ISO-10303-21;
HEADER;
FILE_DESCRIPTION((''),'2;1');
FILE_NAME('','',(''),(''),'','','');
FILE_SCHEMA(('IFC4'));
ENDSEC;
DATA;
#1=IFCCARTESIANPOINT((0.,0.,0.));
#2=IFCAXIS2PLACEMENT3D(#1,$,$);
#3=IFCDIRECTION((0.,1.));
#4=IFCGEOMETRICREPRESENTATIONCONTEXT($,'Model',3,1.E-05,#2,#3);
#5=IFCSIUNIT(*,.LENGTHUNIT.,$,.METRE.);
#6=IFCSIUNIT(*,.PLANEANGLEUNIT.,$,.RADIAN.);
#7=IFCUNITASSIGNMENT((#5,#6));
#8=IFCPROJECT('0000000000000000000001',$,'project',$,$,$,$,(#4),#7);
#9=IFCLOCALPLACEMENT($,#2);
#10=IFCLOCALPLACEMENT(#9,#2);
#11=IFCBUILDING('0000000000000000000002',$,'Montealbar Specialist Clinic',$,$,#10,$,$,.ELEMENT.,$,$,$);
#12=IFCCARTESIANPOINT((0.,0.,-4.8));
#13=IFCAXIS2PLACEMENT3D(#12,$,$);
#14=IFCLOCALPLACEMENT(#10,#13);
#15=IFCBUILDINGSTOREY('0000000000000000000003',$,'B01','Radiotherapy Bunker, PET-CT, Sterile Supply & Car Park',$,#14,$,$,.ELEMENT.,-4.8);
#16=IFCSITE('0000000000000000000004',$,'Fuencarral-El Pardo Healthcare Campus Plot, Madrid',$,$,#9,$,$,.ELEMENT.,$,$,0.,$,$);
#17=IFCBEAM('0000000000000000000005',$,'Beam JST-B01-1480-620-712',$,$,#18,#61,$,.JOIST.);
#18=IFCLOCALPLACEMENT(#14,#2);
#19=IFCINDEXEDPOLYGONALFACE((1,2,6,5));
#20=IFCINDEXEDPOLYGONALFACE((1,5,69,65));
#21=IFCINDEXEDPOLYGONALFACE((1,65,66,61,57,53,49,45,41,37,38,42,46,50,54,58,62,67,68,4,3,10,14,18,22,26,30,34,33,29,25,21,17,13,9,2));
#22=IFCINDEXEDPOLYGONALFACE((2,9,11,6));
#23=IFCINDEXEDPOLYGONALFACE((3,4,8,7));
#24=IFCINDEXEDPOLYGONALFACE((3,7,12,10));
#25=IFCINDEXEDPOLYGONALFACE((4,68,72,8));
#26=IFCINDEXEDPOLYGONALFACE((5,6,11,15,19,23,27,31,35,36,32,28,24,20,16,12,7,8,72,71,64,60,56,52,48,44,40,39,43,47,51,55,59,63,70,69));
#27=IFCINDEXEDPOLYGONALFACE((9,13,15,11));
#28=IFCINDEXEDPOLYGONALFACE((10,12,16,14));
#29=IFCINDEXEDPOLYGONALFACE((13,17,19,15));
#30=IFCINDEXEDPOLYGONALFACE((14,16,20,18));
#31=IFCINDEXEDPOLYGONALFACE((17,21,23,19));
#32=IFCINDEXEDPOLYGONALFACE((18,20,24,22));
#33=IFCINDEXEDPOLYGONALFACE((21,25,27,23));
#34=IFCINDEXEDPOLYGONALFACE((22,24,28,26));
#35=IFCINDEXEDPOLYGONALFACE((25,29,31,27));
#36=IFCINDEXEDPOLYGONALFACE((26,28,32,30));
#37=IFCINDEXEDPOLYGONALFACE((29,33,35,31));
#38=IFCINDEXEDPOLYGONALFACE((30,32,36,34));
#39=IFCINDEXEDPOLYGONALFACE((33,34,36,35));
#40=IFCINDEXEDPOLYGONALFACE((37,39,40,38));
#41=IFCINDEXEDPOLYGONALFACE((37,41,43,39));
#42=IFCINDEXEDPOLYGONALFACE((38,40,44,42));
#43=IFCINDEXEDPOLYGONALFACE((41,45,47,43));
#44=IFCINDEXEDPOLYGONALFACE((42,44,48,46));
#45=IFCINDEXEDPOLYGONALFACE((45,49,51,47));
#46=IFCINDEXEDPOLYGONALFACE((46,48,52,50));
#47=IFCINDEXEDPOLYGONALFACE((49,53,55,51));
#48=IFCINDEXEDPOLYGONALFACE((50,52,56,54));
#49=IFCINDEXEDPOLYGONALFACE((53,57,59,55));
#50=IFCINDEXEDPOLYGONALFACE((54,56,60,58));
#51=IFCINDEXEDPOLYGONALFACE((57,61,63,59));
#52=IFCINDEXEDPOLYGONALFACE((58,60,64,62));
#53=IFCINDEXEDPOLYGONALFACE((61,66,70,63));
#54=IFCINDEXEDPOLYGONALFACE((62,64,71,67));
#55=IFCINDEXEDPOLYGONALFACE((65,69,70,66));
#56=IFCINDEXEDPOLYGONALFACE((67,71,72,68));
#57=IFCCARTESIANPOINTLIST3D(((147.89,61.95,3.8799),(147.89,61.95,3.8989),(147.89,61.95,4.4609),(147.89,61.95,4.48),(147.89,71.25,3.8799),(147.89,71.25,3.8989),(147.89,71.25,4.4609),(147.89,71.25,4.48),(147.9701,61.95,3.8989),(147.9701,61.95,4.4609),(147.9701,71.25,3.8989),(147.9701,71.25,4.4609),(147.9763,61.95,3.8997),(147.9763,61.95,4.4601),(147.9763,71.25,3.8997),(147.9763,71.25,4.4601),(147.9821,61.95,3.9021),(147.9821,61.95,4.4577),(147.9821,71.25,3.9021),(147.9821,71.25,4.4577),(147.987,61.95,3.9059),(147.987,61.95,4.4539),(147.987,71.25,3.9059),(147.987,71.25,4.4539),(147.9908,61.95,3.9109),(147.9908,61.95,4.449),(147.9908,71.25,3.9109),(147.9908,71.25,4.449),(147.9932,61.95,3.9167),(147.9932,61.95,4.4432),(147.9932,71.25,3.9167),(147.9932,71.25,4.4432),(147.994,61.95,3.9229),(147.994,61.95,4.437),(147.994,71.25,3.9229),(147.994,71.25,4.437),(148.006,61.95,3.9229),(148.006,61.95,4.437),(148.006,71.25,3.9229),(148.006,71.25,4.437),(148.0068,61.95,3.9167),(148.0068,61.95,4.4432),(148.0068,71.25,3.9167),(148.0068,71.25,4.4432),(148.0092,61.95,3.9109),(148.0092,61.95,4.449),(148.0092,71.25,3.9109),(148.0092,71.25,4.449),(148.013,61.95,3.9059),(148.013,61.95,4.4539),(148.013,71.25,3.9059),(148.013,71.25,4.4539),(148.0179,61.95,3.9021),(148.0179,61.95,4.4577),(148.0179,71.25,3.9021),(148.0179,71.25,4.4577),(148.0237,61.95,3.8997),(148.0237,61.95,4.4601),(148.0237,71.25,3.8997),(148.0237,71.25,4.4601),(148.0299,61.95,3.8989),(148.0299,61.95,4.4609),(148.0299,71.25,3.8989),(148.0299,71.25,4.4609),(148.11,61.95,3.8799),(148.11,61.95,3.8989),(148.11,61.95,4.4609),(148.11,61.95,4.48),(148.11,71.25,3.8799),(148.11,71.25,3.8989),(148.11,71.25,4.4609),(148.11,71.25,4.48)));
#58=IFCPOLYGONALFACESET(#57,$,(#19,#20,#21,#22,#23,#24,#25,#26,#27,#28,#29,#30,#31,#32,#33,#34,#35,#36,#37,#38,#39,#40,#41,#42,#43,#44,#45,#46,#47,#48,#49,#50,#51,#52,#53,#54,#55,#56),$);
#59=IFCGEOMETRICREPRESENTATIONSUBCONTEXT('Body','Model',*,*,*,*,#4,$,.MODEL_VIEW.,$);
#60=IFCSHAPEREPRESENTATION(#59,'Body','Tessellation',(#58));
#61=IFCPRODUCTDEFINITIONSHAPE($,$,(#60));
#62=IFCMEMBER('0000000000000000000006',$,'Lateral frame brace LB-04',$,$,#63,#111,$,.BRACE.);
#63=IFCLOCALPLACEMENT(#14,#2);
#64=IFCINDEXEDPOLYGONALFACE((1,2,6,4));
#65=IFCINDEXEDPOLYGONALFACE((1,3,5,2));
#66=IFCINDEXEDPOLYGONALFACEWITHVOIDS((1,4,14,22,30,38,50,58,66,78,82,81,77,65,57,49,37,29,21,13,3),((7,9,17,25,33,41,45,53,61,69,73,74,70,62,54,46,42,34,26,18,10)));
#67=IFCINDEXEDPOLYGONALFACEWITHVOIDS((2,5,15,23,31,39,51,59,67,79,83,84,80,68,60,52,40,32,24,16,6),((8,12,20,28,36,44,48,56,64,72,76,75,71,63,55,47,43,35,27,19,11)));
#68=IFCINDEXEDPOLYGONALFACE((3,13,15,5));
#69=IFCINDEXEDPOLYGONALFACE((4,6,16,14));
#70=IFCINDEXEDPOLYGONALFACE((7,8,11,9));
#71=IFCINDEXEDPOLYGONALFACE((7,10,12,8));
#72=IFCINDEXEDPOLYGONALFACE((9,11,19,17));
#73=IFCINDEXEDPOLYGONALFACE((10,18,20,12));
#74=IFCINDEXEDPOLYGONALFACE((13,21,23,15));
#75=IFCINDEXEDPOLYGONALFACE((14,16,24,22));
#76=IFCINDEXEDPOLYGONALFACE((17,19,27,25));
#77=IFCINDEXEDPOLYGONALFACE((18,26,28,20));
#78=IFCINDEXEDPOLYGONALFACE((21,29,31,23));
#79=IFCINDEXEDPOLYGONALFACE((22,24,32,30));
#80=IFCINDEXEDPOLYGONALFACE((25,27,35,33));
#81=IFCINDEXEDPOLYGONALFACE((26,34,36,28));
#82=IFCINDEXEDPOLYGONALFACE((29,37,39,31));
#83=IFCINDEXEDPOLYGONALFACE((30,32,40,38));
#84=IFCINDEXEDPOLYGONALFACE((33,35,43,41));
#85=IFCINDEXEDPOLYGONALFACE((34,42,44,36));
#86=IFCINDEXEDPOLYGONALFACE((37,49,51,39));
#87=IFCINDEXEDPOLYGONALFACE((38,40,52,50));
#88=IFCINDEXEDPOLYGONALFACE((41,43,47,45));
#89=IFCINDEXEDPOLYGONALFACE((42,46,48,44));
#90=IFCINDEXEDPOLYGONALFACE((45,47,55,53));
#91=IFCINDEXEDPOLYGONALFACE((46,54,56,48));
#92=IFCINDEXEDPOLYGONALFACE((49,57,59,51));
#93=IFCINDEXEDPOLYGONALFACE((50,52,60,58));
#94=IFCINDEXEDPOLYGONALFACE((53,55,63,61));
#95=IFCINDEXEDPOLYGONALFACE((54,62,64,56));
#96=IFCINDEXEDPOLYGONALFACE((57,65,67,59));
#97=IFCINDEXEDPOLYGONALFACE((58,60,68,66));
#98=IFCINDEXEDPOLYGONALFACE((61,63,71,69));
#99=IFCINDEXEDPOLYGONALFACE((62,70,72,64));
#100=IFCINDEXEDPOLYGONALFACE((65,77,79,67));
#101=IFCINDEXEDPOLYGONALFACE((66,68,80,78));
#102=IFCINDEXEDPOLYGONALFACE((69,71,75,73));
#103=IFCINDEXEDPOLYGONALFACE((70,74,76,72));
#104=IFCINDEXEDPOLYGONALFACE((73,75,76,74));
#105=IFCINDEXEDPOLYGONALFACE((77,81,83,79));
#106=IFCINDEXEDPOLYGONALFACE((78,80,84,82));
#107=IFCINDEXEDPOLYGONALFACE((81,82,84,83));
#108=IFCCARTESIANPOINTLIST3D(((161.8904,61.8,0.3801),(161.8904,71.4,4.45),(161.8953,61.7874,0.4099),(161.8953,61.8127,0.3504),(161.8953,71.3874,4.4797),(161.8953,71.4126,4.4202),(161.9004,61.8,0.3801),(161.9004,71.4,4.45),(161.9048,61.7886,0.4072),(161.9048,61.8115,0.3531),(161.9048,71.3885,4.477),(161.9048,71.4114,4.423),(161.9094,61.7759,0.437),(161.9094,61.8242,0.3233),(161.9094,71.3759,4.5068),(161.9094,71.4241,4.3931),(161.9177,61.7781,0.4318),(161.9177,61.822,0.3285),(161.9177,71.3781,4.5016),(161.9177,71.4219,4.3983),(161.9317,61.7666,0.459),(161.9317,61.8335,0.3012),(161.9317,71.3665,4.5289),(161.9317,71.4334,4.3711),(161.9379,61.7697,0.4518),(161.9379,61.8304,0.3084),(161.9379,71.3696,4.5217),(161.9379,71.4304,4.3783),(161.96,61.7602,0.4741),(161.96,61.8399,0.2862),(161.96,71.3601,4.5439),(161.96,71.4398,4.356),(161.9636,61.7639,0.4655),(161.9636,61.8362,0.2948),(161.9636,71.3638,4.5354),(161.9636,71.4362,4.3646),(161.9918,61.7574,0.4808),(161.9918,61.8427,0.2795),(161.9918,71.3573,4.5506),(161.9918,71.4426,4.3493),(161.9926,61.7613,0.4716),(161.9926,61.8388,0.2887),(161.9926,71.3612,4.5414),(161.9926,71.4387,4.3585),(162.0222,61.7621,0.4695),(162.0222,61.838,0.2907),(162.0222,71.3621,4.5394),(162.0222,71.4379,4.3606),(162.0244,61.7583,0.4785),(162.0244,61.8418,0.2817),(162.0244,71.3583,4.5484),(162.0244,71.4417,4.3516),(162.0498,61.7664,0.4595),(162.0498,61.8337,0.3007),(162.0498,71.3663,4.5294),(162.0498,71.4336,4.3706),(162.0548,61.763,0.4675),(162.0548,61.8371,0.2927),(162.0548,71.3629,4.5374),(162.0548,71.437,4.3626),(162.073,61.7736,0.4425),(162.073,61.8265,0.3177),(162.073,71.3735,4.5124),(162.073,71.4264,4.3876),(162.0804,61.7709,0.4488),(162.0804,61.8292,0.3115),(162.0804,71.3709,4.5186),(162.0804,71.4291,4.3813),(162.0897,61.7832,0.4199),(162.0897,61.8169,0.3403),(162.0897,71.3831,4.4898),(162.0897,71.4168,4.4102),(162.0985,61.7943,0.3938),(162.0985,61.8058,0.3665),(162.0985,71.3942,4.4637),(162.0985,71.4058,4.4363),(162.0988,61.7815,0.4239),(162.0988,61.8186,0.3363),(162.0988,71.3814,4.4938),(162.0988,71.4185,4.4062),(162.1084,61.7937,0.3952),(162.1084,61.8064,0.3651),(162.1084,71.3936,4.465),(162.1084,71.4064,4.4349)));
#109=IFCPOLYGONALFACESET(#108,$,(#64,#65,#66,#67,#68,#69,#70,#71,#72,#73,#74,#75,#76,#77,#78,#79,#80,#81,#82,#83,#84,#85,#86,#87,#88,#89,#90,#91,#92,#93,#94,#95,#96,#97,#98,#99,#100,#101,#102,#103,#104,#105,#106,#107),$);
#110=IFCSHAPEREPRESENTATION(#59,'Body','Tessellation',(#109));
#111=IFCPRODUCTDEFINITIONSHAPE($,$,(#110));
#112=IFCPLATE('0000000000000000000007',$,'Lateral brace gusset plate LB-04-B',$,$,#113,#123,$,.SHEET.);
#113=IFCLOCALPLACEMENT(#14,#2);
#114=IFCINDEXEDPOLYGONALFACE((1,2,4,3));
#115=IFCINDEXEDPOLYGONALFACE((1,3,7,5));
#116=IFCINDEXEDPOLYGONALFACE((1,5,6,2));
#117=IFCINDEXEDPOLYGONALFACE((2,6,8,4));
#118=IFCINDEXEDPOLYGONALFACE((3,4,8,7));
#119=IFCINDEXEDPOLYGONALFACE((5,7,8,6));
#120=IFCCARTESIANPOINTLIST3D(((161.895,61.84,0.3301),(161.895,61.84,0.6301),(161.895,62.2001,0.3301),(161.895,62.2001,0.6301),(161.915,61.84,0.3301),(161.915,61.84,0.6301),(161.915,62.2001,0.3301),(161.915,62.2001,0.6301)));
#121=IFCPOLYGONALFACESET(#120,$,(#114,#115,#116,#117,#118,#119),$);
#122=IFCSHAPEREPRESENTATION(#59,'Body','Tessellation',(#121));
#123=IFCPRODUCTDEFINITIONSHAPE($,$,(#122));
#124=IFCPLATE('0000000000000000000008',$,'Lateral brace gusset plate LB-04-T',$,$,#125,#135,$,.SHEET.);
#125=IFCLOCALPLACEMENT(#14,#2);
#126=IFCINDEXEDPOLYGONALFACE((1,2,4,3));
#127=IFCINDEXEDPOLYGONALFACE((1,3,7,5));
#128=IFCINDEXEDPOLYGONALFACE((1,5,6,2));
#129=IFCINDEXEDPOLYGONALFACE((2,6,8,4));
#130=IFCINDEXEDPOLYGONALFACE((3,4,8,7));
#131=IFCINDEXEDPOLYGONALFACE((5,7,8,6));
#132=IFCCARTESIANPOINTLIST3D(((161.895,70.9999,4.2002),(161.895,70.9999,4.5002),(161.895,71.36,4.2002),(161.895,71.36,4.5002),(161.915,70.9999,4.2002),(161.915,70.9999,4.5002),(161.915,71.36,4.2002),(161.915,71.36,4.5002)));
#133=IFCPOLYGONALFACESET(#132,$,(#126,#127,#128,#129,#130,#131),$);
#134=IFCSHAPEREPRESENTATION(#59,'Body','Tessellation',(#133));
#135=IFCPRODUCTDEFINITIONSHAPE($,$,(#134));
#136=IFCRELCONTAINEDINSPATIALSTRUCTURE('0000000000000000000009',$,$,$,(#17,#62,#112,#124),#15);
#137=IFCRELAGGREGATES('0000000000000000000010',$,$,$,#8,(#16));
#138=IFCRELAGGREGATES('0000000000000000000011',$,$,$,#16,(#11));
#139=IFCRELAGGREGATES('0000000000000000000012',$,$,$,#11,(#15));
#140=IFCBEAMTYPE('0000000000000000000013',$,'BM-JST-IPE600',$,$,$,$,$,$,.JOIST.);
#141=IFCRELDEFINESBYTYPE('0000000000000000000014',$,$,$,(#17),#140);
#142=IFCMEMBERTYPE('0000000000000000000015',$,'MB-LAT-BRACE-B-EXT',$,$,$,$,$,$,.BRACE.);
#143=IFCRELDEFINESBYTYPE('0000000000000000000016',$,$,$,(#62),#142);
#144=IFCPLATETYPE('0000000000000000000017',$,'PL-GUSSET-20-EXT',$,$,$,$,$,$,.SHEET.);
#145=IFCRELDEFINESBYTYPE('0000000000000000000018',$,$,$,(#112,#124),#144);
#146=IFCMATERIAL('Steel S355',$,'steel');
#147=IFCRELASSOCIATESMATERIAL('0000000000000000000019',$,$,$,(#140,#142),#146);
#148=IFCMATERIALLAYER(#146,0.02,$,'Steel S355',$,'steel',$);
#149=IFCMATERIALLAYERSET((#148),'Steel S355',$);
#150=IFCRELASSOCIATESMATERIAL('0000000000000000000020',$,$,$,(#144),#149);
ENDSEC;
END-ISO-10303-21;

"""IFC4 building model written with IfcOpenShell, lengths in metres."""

from ifc_helpers import new_model, si_unit, direction, frame, origin, origin_2d, place, context, subcontext, project, spatial, rectangle, hollow_circle, i_section, extrude, material, layer, layer_set, material_profile, profile_set, type_object, element, save


model = new_model("IFC4")

# Units and contexts
model_context = context("Model", 3, precision=1e-05, world=origin(), true_north=direction((0.0, 1.0)))
body_context = subcontext(model_context, "Body", "Model", "MODEL_VIEW")
ifc_project = project(units=[si_unit("LENGTHUNIT", "METRE"), si_unit("PLANEANGLEUNIT", "RADIAN")], contexts=[model_context])

# Site, building, storey
site_placement = place(None, origin())
site = spatial("IfcSite", under=ifc_project, at=site_placement, Name="Fuencarral-El Pardo Healthcare Campus Plot, Madrid", CompositionType="ELEMENT", RefElevation=0.0)
building_placement = place(site_placement, origin())
building = spatial("IfcBuilding", under=site, at=building_placement, Name="Montealbar Specialist Clinic", CompositionType="ELEMENT")
storey_placement = place(building_placement, frame((0.0, 0.0, -4.8)))
storey = spatial("IfcBuildingStorey", under=building, at=storey_placement, Name="B01", Description="Radiotherapy Bunker, PET-CT, Sterile Supply & Car Park", CompositionType="ELEMENT", Elevation=-4.8)

# Shared definitions
ifc_material_1 = material(Name="Steel S355", Category="steel")

# Beam
ifc_material_profile_1 = material_profile(ifc_material_1, i_section(OverallWidth=0.22, OverallDepth=0.6001, WebThickness=0.012, FlangeThickness=0.019, FilletRadius=0.0239, at=origin_2d()), Name="IPE 600", Category="steel")
ifc_profile_set_1 = profile_set([ifc_material_profile_1], Name="Steel S355")
beam_type_1 = type_object("IfcBeamType", Name="BM-JST-IPE600", PredefinedType="JOIST", material=ifc_profile_set_1)
beam_1_placement = place(storey_placement, frame((148.0, 61.95, 4.1799), z_axis=(0.0, 1.0, 0.0), x_axis=(-1.0, 0.0, 0.0)))
element("IfcBeam", 1, at=beam_1_placement, inside=storey, type_object=beam_type_1, Name="Beam JST-B01-1480-620-712", PredefinedType="JOIST", context=body_context, shape_type="SweptSolid", body=[
    extrude(i_section(OverallWidth=0.22, OverallDepth=0.6001, WebThickness=0.012, FlangeThickness=0.019, FilletRadius=0.0239, at=origin_2d()), origin(), (0.0, 0.0, 1.0), 9.3),
])

# Member
ifc_material_profile_2 = material_profile(ifc_material_1, hollow_circle(Radius=0.1096, WallThickness=0.01, at=origin_2d()), Name="CHS 219.1x10.0", Category="steel")
ifc_profile_set_2 = profile_set([ifc_material_profile_2], Name="Steel S355")
member_type = type_object("IfcMemberType", Name="MB-LAT-BRACE-B-EXT", PredefinedType="BRACE", material=ifc_profile_set_2)
member_placement = place(storey_placement, frame((162.0, 61.8, 0.3801), z_axis=(0.0, 0.92068, 0.390319), x_axis=(-1.0, 0.0, 0.0)))
element("IfcMember", 2, at=member_placement, inside=storey, type_object=member_type, Name="Lateral frame brace LB-04", PredefinedType="BRACE", context=body_context, shape_type="SweptSolid", body=[
    extrude(hollow_circle(Radius=0.1096, WallThickness=0.01, at=origin_2d()), origin(), (0.0, 0.0, 1.0), 10.427),
])

# Plates
ifc_layer = layer(ifc_material_1, 0.02, Name="Steel S355", Category="steel")
ifc_layer_set = layer_set([ifc_layer], Name="Steel S355")
plate_type = type_object("IfcPlateType", Name="PL-GUSSET-20-EXT", PredefinedType="SHEET", material=ifc_layer_set)
for number, where, z_axis, x_axis, name in (
    (3, (161.905, 62.02, 0.3301), (0.0, 0.0, 1.0), (0.0, 1.0, 0.0), "Lateral brace gusset plate LB-04-B"),
    (4, (161.905, 71.1799, 4.2002), (0.0, 0.0, 1.0), (0.0, 1.0, 0.0), "Lateral brace gusset plate LB-04-T"),
):
    element("IfcPlate", number, at=place(storey_placement, frame(where, z_axis=z_axis, x_axis=x_axis)), inside=storey, type_object=plate_type, Name=name, PredefinedType="SHEET", context=body_context, shape_type="SweptSolid", body=[
        extrude(rectangle(XDim=0.3601, YDim=0.02, at=origin_2d()), origin(), (0.0, 0.0, 1.0), 0.3),
    ])

save(model, "model.ifc")
